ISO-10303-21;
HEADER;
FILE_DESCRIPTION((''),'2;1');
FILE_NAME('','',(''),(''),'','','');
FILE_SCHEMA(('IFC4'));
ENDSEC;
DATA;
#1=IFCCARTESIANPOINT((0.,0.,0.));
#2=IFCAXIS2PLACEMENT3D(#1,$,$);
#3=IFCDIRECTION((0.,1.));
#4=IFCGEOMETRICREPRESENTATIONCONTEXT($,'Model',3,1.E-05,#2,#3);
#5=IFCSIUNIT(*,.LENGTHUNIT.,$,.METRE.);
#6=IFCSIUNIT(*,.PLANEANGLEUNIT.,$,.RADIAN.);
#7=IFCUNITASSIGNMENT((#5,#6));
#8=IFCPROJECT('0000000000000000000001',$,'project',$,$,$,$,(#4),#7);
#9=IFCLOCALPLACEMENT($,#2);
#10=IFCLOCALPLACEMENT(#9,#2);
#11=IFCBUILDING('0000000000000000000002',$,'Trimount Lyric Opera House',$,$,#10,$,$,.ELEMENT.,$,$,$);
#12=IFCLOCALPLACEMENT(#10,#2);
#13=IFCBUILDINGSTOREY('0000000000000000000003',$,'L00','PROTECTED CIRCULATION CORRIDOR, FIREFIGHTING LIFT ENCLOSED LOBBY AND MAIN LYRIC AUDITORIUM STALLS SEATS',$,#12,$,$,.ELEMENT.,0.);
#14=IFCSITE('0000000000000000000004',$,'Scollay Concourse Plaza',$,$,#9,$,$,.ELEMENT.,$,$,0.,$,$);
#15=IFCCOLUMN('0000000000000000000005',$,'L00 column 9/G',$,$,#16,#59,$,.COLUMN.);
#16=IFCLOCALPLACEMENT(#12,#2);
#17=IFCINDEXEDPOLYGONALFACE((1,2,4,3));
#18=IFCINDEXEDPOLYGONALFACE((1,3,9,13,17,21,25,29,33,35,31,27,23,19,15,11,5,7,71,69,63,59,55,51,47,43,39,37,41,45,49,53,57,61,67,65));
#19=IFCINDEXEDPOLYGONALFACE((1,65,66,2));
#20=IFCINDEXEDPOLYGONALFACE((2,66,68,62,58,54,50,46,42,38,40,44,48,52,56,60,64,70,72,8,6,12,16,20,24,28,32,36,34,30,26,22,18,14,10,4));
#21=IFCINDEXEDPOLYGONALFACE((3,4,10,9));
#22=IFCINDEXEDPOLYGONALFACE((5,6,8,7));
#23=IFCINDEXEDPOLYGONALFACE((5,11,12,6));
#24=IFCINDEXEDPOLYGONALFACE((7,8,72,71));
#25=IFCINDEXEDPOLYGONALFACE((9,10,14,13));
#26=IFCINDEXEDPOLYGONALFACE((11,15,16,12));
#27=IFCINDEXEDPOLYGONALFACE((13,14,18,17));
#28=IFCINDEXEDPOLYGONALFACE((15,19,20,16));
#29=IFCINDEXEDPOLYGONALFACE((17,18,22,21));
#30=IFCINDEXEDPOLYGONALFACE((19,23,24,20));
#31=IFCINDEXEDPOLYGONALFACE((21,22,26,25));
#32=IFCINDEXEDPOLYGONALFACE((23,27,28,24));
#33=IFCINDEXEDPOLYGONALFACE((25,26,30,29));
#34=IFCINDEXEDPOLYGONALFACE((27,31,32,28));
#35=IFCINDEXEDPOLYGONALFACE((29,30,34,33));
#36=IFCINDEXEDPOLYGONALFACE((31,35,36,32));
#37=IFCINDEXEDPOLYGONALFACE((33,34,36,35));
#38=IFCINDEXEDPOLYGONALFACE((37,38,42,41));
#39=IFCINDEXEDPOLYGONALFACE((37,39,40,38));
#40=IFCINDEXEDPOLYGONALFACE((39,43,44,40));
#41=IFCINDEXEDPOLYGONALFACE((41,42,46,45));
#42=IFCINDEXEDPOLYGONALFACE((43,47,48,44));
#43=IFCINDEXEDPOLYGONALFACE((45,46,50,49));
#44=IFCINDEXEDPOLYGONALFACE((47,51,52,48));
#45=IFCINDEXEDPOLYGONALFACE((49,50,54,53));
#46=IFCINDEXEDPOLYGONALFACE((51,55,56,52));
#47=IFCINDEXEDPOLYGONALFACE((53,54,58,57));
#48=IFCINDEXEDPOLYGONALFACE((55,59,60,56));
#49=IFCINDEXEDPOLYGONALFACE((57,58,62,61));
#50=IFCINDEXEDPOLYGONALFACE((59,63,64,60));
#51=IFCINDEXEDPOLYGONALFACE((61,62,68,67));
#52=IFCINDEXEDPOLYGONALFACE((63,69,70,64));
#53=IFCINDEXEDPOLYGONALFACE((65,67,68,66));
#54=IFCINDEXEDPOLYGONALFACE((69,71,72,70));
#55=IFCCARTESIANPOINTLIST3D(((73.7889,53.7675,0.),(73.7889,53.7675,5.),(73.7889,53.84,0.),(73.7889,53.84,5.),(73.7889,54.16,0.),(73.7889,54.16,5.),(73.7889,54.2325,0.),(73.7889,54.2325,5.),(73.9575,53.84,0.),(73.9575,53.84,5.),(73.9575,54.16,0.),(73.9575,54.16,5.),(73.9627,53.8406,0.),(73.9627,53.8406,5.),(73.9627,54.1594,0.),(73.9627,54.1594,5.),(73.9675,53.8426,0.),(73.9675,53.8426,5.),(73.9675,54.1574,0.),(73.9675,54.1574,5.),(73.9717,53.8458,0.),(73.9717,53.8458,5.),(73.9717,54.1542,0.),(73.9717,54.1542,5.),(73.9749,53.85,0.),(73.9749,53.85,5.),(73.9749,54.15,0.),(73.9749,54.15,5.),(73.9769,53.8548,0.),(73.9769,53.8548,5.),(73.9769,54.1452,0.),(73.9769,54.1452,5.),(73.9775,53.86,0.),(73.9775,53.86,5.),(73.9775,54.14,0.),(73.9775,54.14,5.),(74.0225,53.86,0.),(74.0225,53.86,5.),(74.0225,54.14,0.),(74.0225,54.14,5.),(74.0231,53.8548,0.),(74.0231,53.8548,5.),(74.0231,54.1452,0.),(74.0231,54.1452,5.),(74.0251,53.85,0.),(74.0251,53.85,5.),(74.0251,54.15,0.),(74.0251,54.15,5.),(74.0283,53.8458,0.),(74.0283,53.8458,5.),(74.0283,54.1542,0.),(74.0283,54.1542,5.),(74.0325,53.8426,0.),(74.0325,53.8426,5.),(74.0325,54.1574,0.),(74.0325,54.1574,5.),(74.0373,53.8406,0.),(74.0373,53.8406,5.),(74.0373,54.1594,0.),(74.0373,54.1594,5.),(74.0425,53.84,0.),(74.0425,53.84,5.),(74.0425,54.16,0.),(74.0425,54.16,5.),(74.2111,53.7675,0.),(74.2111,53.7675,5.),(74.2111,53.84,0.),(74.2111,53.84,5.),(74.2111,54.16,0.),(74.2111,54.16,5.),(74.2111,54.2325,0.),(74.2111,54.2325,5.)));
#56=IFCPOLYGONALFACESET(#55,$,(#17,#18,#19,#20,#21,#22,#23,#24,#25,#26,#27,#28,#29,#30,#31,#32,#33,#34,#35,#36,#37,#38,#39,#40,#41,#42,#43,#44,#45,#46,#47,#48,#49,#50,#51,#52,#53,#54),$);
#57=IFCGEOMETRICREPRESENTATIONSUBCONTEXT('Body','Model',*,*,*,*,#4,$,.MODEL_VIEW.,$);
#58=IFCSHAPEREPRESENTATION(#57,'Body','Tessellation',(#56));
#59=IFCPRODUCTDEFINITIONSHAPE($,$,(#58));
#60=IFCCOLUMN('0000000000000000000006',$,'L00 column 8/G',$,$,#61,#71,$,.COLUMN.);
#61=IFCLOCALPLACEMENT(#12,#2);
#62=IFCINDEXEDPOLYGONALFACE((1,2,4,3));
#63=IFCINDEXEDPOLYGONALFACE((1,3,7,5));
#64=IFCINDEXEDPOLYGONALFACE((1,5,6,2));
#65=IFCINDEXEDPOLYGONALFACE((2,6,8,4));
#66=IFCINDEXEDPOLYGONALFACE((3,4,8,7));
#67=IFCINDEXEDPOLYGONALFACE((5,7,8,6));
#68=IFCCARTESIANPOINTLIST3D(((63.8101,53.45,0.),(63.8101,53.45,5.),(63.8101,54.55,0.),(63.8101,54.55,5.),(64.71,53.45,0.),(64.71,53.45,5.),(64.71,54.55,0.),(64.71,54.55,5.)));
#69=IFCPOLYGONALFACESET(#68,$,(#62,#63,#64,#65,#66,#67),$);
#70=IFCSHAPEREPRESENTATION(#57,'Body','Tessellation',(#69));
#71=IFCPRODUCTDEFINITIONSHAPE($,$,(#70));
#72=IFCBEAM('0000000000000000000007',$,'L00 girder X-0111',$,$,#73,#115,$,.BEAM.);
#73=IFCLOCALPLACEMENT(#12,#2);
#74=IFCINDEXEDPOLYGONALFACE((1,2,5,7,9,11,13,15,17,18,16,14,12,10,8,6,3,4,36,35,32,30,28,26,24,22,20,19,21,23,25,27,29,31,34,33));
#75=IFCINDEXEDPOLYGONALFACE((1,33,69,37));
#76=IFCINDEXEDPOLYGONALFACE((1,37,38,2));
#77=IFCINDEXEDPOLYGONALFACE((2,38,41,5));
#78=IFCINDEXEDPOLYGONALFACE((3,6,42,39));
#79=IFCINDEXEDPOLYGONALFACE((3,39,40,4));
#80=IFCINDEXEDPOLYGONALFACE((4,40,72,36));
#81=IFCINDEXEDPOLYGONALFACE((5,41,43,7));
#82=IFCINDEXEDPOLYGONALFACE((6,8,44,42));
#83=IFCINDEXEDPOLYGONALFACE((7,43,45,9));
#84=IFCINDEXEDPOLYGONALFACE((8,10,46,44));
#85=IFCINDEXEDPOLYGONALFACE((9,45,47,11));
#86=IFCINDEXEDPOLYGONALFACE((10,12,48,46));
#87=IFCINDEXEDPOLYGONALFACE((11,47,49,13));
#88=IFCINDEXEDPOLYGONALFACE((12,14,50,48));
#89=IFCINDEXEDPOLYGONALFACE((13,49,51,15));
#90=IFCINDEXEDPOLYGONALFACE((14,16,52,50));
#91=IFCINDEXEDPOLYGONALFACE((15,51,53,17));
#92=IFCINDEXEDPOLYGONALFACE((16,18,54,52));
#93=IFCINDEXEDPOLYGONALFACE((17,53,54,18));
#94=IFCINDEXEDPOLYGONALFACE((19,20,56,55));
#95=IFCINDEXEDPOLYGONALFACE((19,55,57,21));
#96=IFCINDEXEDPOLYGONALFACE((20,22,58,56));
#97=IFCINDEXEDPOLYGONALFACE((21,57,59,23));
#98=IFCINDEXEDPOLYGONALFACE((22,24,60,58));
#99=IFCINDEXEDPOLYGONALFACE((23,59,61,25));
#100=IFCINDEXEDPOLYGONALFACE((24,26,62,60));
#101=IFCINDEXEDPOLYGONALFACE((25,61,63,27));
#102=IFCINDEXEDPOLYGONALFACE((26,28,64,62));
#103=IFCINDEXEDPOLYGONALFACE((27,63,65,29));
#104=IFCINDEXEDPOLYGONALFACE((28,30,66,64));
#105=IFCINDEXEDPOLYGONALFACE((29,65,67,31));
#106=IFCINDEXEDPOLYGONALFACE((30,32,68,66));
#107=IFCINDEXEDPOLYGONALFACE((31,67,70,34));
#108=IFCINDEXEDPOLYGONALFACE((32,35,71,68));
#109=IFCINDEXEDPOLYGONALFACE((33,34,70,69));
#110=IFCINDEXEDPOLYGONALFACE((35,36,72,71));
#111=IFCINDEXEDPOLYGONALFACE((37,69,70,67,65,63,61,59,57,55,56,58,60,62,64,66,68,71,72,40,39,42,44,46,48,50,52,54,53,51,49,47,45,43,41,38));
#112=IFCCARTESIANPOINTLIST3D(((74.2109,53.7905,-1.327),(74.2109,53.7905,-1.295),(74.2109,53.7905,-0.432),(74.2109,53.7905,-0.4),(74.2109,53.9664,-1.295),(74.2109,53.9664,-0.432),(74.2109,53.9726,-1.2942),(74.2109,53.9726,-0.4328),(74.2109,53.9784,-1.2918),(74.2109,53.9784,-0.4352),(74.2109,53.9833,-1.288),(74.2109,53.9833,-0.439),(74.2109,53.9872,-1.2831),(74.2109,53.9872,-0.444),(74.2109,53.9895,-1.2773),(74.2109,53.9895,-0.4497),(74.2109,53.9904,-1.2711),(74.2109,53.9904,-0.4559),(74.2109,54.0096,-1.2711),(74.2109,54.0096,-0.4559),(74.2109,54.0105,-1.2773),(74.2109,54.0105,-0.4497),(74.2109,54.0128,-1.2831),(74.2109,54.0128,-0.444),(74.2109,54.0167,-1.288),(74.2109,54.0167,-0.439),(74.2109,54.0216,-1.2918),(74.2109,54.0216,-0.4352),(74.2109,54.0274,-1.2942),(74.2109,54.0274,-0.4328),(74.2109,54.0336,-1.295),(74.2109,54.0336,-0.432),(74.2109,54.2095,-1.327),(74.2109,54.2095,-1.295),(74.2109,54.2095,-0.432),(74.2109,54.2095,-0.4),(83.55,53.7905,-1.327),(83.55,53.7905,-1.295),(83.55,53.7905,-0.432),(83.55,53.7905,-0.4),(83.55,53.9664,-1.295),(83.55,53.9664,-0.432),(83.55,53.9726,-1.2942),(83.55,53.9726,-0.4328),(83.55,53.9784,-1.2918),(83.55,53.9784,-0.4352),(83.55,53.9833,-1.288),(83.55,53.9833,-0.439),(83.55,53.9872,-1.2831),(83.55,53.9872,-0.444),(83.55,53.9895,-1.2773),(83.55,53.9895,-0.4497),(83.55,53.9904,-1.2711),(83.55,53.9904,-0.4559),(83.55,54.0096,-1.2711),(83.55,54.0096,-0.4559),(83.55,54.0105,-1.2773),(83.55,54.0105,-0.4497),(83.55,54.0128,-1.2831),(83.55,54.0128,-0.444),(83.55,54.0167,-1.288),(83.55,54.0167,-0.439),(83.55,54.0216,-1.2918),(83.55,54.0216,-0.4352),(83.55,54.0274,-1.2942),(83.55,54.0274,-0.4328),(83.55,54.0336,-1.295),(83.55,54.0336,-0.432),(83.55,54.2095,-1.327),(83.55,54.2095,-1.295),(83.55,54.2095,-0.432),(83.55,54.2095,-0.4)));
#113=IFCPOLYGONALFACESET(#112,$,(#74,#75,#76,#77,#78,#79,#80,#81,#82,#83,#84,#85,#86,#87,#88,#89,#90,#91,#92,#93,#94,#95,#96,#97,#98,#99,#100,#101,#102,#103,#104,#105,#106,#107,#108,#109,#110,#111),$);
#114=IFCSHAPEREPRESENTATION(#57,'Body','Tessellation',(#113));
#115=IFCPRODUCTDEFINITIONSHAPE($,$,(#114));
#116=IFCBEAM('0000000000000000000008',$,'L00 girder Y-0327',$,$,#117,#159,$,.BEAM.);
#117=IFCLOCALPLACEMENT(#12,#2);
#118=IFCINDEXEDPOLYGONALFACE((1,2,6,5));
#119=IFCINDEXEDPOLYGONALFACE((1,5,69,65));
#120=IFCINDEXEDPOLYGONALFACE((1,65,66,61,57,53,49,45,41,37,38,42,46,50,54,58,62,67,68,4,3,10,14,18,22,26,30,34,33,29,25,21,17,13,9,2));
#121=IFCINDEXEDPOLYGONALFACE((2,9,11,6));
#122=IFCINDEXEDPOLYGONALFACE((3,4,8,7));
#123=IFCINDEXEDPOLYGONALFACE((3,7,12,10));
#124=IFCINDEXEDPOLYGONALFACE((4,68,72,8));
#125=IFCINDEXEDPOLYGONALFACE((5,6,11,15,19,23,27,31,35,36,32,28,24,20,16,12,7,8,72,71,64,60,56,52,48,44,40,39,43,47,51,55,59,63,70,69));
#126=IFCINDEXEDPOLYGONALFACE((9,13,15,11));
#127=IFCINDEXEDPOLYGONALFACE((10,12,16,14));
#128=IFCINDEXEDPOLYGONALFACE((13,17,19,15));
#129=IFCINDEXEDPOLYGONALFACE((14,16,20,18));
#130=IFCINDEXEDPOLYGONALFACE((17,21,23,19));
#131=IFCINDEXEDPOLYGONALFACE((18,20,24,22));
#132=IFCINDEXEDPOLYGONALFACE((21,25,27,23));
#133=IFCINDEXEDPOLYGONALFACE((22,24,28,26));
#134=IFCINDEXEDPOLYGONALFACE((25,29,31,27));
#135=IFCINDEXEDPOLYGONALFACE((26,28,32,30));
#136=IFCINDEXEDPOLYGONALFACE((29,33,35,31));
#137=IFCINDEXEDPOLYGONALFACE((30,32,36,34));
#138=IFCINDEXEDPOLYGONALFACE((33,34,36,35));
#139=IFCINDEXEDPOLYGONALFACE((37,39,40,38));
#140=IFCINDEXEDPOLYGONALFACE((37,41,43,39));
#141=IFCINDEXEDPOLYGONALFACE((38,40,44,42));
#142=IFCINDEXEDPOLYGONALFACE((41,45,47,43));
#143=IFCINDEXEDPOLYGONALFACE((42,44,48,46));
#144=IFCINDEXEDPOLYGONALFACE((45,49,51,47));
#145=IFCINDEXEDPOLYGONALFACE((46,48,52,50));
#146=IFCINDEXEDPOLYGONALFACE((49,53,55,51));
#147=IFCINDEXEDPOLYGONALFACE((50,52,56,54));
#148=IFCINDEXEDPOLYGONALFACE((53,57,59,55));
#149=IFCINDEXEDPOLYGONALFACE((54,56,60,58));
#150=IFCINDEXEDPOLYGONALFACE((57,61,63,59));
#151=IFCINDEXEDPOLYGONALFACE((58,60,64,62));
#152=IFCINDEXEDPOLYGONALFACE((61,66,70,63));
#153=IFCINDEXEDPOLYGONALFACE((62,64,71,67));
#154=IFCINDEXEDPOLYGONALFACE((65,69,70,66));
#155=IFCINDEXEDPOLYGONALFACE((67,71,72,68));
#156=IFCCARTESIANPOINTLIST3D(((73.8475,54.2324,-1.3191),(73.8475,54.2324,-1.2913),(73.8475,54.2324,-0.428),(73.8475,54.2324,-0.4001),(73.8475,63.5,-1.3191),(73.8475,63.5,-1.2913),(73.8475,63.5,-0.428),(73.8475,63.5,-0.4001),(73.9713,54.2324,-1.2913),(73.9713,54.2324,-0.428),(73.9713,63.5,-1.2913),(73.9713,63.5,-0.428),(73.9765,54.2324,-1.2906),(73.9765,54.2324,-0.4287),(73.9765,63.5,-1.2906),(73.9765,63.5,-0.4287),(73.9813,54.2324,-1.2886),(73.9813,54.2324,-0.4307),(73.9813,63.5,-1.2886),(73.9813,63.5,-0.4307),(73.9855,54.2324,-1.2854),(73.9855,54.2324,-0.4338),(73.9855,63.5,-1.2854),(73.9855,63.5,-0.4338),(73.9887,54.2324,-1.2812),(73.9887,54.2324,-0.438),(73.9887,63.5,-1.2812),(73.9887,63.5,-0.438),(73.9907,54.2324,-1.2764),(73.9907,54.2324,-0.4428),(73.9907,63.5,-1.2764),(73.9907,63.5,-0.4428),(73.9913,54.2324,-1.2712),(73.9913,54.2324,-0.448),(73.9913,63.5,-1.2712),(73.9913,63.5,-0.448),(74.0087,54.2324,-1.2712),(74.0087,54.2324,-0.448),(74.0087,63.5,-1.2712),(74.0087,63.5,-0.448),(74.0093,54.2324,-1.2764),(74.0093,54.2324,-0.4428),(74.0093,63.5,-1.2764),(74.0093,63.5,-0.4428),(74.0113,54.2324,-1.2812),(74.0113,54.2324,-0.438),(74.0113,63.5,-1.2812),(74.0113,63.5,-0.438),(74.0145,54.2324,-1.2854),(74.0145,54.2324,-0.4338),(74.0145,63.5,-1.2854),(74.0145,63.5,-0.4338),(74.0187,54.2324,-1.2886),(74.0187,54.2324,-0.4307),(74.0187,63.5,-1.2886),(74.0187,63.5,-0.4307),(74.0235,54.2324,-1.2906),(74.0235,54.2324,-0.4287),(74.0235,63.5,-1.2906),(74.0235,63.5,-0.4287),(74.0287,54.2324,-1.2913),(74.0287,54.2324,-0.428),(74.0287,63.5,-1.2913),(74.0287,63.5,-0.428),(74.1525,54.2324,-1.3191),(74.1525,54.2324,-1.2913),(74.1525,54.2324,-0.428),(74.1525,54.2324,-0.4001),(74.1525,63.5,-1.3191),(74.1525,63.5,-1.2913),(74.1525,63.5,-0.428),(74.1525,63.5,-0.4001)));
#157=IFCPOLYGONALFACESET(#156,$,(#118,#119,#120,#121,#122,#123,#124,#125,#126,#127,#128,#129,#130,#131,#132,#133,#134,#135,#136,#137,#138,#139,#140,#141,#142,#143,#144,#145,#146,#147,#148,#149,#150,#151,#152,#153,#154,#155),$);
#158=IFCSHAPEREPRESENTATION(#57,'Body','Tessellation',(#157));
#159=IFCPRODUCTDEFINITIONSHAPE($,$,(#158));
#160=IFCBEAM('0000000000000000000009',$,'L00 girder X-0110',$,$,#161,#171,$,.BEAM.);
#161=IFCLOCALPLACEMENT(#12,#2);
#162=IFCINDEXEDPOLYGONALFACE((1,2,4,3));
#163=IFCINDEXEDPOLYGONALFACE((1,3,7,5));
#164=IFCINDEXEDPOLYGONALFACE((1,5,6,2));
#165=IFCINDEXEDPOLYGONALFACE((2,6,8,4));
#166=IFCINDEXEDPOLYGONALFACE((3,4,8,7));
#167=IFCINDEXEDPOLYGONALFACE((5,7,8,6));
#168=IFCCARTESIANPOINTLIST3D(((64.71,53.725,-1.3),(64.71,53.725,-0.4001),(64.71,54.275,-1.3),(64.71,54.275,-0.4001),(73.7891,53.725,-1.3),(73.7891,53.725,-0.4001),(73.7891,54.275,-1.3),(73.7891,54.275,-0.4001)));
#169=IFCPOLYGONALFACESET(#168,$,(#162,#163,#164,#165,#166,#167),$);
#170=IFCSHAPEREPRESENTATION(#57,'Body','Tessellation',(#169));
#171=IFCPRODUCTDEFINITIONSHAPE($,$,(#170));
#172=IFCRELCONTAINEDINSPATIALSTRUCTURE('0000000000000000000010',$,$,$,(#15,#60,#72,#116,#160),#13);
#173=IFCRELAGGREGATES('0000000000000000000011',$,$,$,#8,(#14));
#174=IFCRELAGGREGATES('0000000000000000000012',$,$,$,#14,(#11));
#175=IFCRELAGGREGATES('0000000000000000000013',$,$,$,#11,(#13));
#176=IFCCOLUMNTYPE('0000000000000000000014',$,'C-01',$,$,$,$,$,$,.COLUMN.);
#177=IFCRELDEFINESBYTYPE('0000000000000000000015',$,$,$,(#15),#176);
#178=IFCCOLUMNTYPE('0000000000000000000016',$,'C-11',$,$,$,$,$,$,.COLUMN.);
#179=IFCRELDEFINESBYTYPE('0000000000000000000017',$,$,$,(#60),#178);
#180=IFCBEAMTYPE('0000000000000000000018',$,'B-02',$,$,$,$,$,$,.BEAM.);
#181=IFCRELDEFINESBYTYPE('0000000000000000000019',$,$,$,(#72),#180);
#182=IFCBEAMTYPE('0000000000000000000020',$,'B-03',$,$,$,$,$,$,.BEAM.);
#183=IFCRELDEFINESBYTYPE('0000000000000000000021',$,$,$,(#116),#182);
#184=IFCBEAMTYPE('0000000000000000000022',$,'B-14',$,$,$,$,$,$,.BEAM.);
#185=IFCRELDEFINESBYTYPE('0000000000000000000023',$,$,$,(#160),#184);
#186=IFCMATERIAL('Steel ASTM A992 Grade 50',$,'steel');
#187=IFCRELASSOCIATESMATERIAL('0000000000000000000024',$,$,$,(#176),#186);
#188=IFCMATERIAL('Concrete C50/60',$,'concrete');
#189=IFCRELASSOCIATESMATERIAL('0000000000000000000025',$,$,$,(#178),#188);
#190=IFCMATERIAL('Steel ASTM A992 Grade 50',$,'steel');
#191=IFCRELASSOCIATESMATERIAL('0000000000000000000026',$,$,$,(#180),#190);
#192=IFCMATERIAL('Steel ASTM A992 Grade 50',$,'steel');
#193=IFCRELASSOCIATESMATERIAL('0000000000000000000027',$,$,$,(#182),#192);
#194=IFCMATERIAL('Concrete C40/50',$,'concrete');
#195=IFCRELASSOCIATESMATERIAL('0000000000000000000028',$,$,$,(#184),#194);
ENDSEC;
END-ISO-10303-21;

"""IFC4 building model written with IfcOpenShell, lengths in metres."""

from ifc_helpers import new_model, si_unit, direction, frame, origin, origin_2d, place, context, subcontext, project, spatial, rectangle, i_section, extrude, material, material_profile, profile_set, type_object, element, save


model = new_model("IFC4")

# Units and contexts
model_context = context("Model", 3, precision=1e-05, world=origin(), true_north=direction((0.0, 1.0)))
body_context = subcontext(model_context, "Body", "Model", "MODEL_VIEW")
ifc_project = project(units=[si_unit("LENGTHUNIT", "METRE"), si_unit("PLANEANGLEUNIT", "RADIAN")], contexts=[model_context])

# Site, building, storey
site_placement = place(None, origin())
site = spatial("IfcSite", under=ifc_project, at=site_placement, Name="Scollay Concourse Plaza", CompositionType="ELEMENT", RefElevation=0.0)
building_placement = place(site_placement, origin())
building = spatial("IfcBuilding", under=site, at=building_placement, Name="Trimount Lyric Opera House", CompositionType="ELEMENT")
storey_placement = place(building_placement, origin())
storey = spatial("IfcBuildingStorey", under=building, at=storey_placement, Name="L00", Description="PROTECTED CIRCULATION CORRIDOR, FIREFIGHTING LIFT ENCLOSED LOBBY AND MAIN LYRIC AUDITORIUM STALLS SEATS", CompositionType="ELEMENT", Elevation=0.0)

# Columns
ifc_material_1 = material(Name="Steel ASTM A992 Grade 50", Category="steel")
ifc_material_profile_1 = material_profile(ifc_material_1, i_section(OverallWidth=0.4221, OverallDepth=0.4651, WebThickness=0.0449, FlangeThickness=0.0725, FilletRadius=0.02, at=origin_2d()), Name="W14X398")
ifc_profile_set_1 = profile_set([ifc_material_profile_1], Name="Steel ASTM A992 Grade 50")
column_type_1 = type_object("IfcColumnType", Name="C-01", PredefinedType="COLUMN", material=ifc_profile_set_1)
column_1_placement = place(storey_placement, frame((74.0, 54.0, 0.0), z_axis=(0.0, 0.0, 1.0), x_axis=(1.0, 0.0, 0.0)))
element("IfcColumn", 1, at=column_1_placement, inside=storey, type_object=column_type_1, Name="L00 column 9/G", PredefinedType="COLUMN", context=body_context, shape_type="SweptSolid", body=[
    extrude(i_section(OverallWidth=0.4221, OverallDepth=0.4651, WebThickness=0.0449, FlangeThickness=0.0725, FilletRadius=0.02, at=origin_2d()), origin(), (0.0, 0.0, 1.0), 5.0),
])
ifc_material_2 = material(Name="Concrete C50/60", Category="concrete")
ifc_material_profile_2 = material_profile(ifc_material_2, rectangle(XDim=0.8999, YDim=1.1001, at=origin_2d()), Name="RC1100X900")
ifc_profile_set_2 = profile_set([ifc_material_profile_2], Name="Concrete C50/60")
column_type_2 = type_object("IfcColumnType", Name="C-11", PredefinedType="COLUMN", material=ifc_profile_set_2)
column_2_placement = place(storey_placement, frame((64.26, 54.0, 0.0), z_axis=(0.0, 0.0, 1.0), x_axis=(1.0, 0.0, 0.0)))
element("IfcColumn", 2, at=column_2_placement, inside=storey, type_object=column_type_2, Name="L00 column 8/G", PredefinedType="COLUMN", context=body_context, shape_type="SweptSolid", body=[
    extrude(rectangle(XDim=0.8999, YDim=1.1001, at=origin_2d()), origin(), (0.0, 0.0, 1.0), 5.0),
])

# Beams
ifc_material_3 = material(Name="Steel ASTM A992 Grade 50", Category="steel")
ifc_material_profile_3 = material_profile(ifc_material_3, i_section(OverallWidth=0.4189, OverallDepth=0.927, WebThickness=0.0193, FlangeThickness=0.032, FilletRadius=0.0239, at=origin_2d()), Name="W36X231")
ifc_profile_set_3 = profile_set([ifc_material_profile_3], Name="Steel ASTM A992 Grade 50")
beam_type_1 = type_object("IfcBeamType", Name="B-02", PredefinedType="BEAM", material=ifc_profile_set_3)
beam_1_placement = place(storey_placement, frame((74.2109, 54.0, -0.8635), z_axis=(1.0, 0.0, 0.0), x_axis=(0.0, 1.0, 0.0)))
element("IfcBeam", 3, at=beam_1_placement, inside=storey, type_object=beam_type_1, Name="L00 girder X-0111", PredefinedType="BEAM", context=body_context, shape_type="SweptSolid", body=[
    extrude(i_section(OverallWidth=0.4189, OverallDepth=0.927, WebThickness=0.0193, FlangeThickness=0.032, FilletRadius=0.0239, at=origin_2d()), origin(), (0.0, 0.0, 1.0), 9.3391),
])
ifc_material_4 = material(Name="Steel ASTM A992 Grade 50", Category="steel")
ifc_material_profile_4 = material_profile(ifc_material_4, i_section(OverallWidth=0.3049, OverallDepth=0.9189, WebThickness=0.0173, FlangeThickness=0.0278, FilletRadius=0.02, at=origin_2d()), Name="W36X170")
ifc_profile_set_4 = profile_set([ifc_material_profile_4], Name="Steel ASTM A992 Grade 50")
beam_type_2 = type_object("IfcBeamType", Name="B-03", PredefinedType="BEAM", material=ifc_profile_set_4)
beam_2_placement = place(storey_placement, frame((74.0, 54.2324, -0.8596), z_axis=(0.0, 1.0, 0.0), x_axis=(-1.0, 0.0, 0.0)))
element("IfcBeam", 4, at=beam_2_placement, inside=storey, type_object=beam_type_2, Name="L00 girder Y-0327", PredefinedType="BEAM", context=body_context, shape_type="SweptSolid", body=[
    extrude(i_section(OverallWidth=0.3049, OverallDepth=0.9189, WebThickness=0.0173, FlangeThickness=0.0278, FilletRadius=0.02, at=origin_2d()), origin(), (0.0, 0.0, 1.0), 9.2676),
])
ifc_material_5 = material(Name="Concrete C40/50", Category="concrete")
ifc_material_profile_5 = material_profile(ifc_material_5, rectangle(XDim=0.55, YDim=0.8999, at=origin_2d()), Name="RC550X900")
ifc_profile_set_5 = profile_set([ifc_material_profile_5], Name="Concrete C40/50")
beam_type_3 = type_object("IfcBeamType", Name="B-14", PredefinedType="BEAM", material=ifc_profile_set_5)
beam_3_placement = place(storey_placement, frame((64.71, 54.0, -0.8501), z_axis=(1.0, 0.0, 0.0), x_axis=(0.0, 1.0, 0.0)))
element("IfcBeam", 5, at=beam_3_placement, inside=storey, type_object=beam_type_3, Name="L00 girder X-0110", PredefinedType="BEAM", context=body_context, shape_type="SweptSolid", body=[
    extrude(rectangle(XDim=0.55, YDim=0.8999, at=origin_2d()), origin(), (0.0, 0.0, 1.0), 9.0791),
])

save(model, "model.ifc")
